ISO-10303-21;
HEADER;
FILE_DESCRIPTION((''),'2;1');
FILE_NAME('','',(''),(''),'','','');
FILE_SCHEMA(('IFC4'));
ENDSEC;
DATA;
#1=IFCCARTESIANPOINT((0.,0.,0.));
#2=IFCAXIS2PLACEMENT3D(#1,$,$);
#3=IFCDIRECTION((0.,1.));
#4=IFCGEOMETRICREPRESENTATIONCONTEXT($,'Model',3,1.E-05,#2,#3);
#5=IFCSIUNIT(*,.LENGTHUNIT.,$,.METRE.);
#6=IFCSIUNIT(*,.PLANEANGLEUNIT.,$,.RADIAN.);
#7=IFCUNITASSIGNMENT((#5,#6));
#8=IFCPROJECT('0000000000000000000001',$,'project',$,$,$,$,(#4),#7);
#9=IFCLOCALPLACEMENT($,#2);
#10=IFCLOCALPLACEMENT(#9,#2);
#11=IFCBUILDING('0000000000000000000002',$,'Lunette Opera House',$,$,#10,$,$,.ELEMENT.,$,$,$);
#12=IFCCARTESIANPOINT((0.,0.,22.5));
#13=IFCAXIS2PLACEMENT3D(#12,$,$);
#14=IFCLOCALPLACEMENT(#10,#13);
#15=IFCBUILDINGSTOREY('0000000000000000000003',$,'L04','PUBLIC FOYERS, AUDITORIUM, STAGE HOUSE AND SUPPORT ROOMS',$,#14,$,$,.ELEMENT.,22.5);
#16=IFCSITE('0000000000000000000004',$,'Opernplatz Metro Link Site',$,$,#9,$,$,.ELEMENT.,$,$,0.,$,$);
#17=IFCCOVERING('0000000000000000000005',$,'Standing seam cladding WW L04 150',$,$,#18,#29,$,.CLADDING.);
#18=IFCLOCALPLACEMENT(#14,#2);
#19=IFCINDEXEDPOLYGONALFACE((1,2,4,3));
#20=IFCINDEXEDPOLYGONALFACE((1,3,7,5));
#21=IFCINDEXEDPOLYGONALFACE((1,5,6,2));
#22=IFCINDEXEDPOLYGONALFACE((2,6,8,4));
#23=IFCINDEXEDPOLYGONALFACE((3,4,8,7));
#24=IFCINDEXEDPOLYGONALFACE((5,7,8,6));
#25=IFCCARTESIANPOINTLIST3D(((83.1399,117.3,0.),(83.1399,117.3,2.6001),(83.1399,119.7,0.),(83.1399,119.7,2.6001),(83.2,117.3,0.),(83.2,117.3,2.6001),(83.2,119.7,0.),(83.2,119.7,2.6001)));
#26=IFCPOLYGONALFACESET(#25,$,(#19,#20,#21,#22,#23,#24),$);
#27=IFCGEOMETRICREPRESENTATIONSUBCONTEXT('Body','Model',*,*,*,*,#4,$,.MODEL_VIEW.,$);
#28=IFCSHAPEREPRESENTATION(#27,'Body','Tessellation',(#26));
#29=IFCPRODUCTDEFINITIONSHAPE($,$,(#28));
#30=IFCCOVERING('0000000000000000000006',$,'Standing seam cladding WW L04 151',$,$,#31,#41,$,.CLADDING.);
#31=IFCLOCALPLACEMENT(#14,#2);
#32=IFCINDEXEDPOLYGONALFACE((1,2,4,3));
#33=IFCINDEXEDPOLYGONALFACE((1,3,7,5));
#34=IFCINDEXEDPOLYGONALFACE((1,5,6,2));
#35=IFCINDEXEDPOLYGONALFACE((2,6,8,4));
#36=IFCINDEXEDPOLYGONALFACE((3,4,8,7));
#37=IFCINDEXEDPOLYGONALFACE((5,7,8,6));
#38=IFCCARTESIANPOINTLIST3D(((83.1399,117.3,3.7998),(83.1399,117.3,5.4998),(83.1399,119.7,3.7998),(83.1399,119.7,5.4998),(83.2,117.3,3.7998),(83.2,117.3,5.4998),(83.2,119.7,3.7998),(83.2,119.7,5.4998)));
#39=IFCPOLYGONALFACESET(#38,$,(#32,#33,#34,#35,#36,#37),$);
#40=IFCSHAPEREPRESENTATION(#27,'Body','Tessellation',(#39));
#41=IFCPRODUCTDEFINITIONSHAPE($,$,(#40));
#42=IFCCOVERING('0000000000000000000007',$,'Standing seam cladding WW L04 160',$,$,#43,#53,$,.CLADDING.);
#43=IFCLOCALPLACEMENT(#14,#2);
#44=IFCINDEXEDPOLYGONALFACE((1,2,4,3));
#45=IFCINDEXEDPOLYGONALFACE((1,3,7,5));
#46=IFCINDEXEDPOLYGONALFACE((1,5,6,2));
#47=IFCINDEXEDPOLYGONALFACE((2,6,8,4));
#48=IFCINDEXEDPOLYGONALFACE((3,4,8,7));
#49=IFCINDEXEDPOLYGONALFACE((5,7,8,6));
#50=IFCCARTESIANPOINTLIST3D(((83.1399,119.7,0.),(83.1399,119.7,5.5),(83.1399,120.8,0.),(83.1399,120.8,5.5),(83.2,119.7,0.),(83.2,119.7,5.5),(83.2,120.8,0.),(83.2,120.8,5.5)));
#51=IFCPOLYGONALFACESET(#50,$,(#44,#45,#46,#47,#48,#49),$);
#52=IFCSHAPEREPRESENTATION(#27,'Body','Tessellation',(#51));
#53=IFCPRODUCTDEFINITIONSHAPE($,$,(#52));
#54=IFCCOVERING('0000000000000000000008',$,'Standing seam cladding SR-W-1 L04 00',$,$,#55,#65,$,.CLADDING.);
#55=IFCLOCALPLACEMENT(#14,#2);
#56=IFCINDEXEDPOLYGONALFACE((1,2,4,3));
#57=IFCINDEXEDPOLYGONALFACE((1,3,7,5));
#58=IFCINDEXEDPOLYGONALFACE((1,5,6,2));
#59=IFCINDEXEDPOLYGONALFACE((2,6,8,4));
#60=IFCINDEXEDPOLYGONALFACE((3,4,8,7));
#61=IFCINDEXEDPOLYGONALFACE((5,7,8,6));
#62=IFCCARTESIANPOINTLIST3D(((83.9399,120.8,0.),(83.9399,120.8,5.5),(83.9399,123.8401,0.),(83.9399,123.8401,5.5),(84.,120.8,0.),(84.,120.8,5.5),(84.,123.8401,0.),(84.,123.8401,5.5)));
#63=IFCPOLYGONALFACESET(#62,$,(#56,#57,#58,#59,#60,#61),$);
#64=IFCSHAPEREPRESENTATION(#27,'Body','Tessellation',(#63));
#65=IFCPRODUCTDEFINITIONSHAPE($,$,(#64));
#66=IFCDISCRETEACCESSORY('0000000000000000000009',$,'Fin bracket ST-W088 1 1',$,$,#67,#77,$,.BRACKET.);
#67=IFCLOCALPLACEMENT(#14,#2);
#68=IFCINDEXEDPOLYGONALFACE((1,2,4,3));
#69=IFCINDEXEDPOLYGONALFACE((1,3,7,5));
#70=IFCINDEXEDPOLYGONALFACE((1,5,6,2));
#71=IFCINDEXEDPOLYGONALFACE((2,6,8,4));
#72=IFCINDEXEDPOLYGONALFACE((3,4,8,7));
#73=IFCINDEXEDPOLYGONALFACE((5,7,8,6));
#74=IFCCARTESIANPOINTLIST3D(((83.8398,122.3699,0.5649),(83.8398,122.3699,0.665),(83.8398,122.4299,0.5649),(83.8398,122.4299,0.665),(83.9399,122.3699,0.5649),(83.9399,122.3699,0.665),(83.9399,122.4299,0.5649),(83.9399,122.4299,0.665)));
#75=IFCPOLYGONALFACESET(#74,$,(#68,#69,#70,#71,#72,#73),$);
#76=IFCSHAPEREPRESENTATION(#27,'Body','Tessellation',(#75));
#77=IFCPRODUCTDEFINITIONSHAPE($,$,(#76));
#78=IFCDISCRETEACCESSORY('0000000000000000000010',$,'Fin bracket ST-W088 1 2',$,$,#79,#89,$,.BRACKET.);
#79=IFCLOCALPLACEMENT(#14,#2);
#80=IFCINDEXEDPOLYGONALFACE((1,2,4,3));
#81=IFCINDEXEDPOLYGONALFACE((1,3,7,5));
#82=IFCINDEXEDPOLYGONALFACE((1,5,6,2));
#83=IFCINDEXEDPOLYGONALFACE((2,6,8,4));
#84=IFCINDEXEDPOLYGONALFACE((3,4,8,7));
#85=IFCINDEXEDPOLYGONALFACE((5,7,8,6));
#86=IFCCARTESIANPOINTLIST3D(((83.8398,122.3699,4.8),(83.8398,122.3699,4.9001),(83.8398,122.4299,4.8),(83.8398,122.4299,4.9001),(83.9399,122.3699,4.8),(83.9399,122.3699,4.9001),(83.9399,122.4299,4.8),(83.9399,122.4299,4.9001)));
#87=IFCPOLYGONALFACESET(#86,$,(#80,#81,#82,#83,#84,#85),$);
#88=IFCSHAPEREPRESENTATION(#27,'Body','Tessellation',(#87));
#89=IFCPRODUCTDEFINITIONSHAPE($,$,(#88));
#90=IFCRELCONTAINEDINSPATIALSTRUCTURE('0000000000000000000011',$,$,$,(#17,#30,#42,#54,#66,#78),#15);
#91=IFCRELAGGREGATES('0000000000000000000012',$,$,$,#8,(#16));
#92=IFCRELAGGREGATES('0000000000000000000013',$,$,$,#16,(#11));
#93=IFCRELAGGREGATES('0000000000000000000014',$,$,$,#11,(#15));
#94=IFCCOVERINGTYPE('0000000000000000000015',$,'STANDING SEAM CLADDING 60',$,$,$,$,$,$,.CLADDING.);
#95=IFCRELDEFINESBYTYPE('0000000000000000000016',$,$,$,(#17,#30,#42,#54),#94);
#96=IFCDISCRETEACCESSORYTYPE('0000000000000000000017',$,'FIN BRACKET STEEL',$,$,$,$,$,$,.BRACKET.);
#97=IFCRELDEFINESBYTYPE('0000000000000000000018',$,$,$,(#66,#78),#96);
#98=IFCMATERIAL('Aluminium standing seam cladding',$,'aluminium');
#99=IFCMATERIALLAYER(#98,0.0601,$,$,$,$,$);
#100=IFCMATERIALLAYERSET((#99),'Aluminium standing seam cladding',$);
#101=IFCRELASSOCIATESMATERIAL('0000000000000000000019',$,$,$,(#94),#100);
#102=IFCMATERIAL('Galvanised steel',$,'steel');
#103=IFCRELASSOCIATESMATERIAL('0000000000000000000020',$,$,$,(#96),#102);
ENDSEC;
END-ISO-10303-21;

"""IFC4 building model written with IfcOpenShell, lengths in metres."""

from ifc_helpers import new_model, si_unit, direction, frame, origin, origin_2d, place, context, subcontext, project, spatial, rectangle, extrude, material, layer, layer_set, type_object, element, save


model = new_model("IFC4")

# Units and contexts
model_context = context("Model", 3, precision=1e-05, world=origin(), true_north=direction((0.0, 1.0)))
body_context = subcontext(model_context, "Body", "Model", "MODEL_VIEW")
ifc_project = project(units=[si_unit("LENGTHUNIT", "METRE"), si_unit("PLANEANGLEUNIT", "RADIAN")], contexts=[model_context])

# Site, building, storey
site_placement = place(None, origin())
site = spatial("IfcSite", under=ifc_project, at=site_placement, Name="Opernplatz Metro Link Site", CompositionType="ELEMENT", RefElevation=0.0)
building_placement = place(site_placement, origin())
building = spatial("IfcBuilding", under=site, at=building_placement, Name="Lunette Opera House", CompositionType="ELEMENT")
storey_placement = place(building_placement, frame((0.0, 0.0, 22.5)))
storey = spatial("IfcBuildingStorey", under=building, at=storey_placement, Name="L04", Description="PUBLIC FOYERS, AUDITORIUM, STAGE HOUSE AND SUPPORT ROOMS", CompositionType="ELEMENT", Elevation=22.5)

# Coverings
ifc_material_1 = material(Name="Aluminium standing seam cladding", Category="aluminium")
ifc_layer_1 = layer(ifc_material_1, 0.0601)
ifc_layer_set_1 = layer_set([ifc_layer_1], Name="Aluminium standing seam cladding")
covering_type = type_object("IfcCoveringType", Name="STANDING SEAM CLADDING 60", PredefinedType="CLADDING", material=ifc_layer_set_1)
covering_1_placement = place(storey_placement, frame((83.1699, 118.5, 0.0), z_axis=(0.0, 0.0, 1.0), x_axis=(0.0, 1.0, 0.0)))
element("IfcCovering", 1, at=covering_1_placement, inside=storey, type_object=covering_type, Name="Standing seam cladding WW L04 150", PredefinedType="CLADDING", context=body_context, shape_type="SweptSolid", body=[
    extrude(rectangle(XDim=2.3999, YDim=0.0601, at=origin_2d()), origin(), (0.0, 0.0, 1.0), 2.6001),
])
covering_2_placement = place(storey_placement, frame((83.1699, 118.5, 3.7998), z_axis=(0.0, 0.0, 1.0), x_axis=(0.0, 1.0, 0.0)))
element("IfcCovering", 2, at=covering_2_placement, inside=storey, type_object=covering_type, Name="Standing seam cladding WW L04 151", PredefinedType="CLADDING", context=body_context, shape_type="SweptSolid", body=[
    extrude(rectangle(XDim=2.3999, YDim=0.0601, at=origin_2d()), origin(), (0.0, 0.0, 1.0), 1.7),
])
covering_3_placement = place(storey_placement, frame((83.1699, 120.25, 0.0), z_axis=(0.0, 0.0, 1.0), x_axis=(0.0, 1.0, 0.0)))
element("IfcCovering", 3, at=covering_3_placement, inside=storey, type_object=covering_type, Name="Standing seam cladding WW L04 160", PredefinedType="CLADDING", context=body_context, shape_type="SweptSolid", body=[
    extrude(rectangle(XDim=1.1001, YDim=0.0601, at=origin_2d()), origin(), (0.0, 0.0, 1.0), 5.5),
])
covering_4_placement = place(storey_placement, frame((83.97, 122.3201, 0.0), z_axis=(0.0, 0.0, 1.0), x_axis=(0.0, 1.0, 0.0)))
element("IfcCovering", 4, at=covering_4_placement, inside=storey, type_object=covering_type, Name="Standing seam cladding SR-W-1 L04 00", PredefinedType="CLADDING", context=body_context, shape_type="SweptSolid", body=[
    extrude(rectangle(XDim=3.04, YDim=0.0601, at=origin_2d()), origin(), (0.0, 0.0, 1.0), 5.5),
])

# Discrete accessories
ifc_material_2 = material(Name="Galvanised steel", Category="steel")
discrete_accessory_type = type_object("IfcDiscreteAccessoryType", Name="FIN BRACKET STEEL", PredefinedType="BRACKET", material=ifc_material_2)
for number, where, z_axis, x_axis, name in (
    (5, (83.8899, 122.3999, 0.5649), (0.0, 0.0, 1.0), (-1.0, 0.0, 0.0), "Fin bracket ST-W088 1 1"),
    (6, (83.8899, 122.3999, 4.8), (0.0, 0.0, 1.0), (-1.0, 0.0, 0.0), "Fin bracket ST-W088 1 2"),
):
    element("IfcDiscreteAccessory", number, at=place(storey_placement, frame(where, z_axis=z_axis, x_axis=x_axis)), inside=storey, type_object=discrete_accessory_type, Name=name, PredefinedType="BRACKET", context=body_context, shape_type="SweptSolid", body=[
        extrude(rectangle(XDim=0.1001, YDim=0.0601, at=origin_2d()), origin(), (0.0, 0.0, 1.0), 0.1001),
    ])

save(model, "model.ifc")
